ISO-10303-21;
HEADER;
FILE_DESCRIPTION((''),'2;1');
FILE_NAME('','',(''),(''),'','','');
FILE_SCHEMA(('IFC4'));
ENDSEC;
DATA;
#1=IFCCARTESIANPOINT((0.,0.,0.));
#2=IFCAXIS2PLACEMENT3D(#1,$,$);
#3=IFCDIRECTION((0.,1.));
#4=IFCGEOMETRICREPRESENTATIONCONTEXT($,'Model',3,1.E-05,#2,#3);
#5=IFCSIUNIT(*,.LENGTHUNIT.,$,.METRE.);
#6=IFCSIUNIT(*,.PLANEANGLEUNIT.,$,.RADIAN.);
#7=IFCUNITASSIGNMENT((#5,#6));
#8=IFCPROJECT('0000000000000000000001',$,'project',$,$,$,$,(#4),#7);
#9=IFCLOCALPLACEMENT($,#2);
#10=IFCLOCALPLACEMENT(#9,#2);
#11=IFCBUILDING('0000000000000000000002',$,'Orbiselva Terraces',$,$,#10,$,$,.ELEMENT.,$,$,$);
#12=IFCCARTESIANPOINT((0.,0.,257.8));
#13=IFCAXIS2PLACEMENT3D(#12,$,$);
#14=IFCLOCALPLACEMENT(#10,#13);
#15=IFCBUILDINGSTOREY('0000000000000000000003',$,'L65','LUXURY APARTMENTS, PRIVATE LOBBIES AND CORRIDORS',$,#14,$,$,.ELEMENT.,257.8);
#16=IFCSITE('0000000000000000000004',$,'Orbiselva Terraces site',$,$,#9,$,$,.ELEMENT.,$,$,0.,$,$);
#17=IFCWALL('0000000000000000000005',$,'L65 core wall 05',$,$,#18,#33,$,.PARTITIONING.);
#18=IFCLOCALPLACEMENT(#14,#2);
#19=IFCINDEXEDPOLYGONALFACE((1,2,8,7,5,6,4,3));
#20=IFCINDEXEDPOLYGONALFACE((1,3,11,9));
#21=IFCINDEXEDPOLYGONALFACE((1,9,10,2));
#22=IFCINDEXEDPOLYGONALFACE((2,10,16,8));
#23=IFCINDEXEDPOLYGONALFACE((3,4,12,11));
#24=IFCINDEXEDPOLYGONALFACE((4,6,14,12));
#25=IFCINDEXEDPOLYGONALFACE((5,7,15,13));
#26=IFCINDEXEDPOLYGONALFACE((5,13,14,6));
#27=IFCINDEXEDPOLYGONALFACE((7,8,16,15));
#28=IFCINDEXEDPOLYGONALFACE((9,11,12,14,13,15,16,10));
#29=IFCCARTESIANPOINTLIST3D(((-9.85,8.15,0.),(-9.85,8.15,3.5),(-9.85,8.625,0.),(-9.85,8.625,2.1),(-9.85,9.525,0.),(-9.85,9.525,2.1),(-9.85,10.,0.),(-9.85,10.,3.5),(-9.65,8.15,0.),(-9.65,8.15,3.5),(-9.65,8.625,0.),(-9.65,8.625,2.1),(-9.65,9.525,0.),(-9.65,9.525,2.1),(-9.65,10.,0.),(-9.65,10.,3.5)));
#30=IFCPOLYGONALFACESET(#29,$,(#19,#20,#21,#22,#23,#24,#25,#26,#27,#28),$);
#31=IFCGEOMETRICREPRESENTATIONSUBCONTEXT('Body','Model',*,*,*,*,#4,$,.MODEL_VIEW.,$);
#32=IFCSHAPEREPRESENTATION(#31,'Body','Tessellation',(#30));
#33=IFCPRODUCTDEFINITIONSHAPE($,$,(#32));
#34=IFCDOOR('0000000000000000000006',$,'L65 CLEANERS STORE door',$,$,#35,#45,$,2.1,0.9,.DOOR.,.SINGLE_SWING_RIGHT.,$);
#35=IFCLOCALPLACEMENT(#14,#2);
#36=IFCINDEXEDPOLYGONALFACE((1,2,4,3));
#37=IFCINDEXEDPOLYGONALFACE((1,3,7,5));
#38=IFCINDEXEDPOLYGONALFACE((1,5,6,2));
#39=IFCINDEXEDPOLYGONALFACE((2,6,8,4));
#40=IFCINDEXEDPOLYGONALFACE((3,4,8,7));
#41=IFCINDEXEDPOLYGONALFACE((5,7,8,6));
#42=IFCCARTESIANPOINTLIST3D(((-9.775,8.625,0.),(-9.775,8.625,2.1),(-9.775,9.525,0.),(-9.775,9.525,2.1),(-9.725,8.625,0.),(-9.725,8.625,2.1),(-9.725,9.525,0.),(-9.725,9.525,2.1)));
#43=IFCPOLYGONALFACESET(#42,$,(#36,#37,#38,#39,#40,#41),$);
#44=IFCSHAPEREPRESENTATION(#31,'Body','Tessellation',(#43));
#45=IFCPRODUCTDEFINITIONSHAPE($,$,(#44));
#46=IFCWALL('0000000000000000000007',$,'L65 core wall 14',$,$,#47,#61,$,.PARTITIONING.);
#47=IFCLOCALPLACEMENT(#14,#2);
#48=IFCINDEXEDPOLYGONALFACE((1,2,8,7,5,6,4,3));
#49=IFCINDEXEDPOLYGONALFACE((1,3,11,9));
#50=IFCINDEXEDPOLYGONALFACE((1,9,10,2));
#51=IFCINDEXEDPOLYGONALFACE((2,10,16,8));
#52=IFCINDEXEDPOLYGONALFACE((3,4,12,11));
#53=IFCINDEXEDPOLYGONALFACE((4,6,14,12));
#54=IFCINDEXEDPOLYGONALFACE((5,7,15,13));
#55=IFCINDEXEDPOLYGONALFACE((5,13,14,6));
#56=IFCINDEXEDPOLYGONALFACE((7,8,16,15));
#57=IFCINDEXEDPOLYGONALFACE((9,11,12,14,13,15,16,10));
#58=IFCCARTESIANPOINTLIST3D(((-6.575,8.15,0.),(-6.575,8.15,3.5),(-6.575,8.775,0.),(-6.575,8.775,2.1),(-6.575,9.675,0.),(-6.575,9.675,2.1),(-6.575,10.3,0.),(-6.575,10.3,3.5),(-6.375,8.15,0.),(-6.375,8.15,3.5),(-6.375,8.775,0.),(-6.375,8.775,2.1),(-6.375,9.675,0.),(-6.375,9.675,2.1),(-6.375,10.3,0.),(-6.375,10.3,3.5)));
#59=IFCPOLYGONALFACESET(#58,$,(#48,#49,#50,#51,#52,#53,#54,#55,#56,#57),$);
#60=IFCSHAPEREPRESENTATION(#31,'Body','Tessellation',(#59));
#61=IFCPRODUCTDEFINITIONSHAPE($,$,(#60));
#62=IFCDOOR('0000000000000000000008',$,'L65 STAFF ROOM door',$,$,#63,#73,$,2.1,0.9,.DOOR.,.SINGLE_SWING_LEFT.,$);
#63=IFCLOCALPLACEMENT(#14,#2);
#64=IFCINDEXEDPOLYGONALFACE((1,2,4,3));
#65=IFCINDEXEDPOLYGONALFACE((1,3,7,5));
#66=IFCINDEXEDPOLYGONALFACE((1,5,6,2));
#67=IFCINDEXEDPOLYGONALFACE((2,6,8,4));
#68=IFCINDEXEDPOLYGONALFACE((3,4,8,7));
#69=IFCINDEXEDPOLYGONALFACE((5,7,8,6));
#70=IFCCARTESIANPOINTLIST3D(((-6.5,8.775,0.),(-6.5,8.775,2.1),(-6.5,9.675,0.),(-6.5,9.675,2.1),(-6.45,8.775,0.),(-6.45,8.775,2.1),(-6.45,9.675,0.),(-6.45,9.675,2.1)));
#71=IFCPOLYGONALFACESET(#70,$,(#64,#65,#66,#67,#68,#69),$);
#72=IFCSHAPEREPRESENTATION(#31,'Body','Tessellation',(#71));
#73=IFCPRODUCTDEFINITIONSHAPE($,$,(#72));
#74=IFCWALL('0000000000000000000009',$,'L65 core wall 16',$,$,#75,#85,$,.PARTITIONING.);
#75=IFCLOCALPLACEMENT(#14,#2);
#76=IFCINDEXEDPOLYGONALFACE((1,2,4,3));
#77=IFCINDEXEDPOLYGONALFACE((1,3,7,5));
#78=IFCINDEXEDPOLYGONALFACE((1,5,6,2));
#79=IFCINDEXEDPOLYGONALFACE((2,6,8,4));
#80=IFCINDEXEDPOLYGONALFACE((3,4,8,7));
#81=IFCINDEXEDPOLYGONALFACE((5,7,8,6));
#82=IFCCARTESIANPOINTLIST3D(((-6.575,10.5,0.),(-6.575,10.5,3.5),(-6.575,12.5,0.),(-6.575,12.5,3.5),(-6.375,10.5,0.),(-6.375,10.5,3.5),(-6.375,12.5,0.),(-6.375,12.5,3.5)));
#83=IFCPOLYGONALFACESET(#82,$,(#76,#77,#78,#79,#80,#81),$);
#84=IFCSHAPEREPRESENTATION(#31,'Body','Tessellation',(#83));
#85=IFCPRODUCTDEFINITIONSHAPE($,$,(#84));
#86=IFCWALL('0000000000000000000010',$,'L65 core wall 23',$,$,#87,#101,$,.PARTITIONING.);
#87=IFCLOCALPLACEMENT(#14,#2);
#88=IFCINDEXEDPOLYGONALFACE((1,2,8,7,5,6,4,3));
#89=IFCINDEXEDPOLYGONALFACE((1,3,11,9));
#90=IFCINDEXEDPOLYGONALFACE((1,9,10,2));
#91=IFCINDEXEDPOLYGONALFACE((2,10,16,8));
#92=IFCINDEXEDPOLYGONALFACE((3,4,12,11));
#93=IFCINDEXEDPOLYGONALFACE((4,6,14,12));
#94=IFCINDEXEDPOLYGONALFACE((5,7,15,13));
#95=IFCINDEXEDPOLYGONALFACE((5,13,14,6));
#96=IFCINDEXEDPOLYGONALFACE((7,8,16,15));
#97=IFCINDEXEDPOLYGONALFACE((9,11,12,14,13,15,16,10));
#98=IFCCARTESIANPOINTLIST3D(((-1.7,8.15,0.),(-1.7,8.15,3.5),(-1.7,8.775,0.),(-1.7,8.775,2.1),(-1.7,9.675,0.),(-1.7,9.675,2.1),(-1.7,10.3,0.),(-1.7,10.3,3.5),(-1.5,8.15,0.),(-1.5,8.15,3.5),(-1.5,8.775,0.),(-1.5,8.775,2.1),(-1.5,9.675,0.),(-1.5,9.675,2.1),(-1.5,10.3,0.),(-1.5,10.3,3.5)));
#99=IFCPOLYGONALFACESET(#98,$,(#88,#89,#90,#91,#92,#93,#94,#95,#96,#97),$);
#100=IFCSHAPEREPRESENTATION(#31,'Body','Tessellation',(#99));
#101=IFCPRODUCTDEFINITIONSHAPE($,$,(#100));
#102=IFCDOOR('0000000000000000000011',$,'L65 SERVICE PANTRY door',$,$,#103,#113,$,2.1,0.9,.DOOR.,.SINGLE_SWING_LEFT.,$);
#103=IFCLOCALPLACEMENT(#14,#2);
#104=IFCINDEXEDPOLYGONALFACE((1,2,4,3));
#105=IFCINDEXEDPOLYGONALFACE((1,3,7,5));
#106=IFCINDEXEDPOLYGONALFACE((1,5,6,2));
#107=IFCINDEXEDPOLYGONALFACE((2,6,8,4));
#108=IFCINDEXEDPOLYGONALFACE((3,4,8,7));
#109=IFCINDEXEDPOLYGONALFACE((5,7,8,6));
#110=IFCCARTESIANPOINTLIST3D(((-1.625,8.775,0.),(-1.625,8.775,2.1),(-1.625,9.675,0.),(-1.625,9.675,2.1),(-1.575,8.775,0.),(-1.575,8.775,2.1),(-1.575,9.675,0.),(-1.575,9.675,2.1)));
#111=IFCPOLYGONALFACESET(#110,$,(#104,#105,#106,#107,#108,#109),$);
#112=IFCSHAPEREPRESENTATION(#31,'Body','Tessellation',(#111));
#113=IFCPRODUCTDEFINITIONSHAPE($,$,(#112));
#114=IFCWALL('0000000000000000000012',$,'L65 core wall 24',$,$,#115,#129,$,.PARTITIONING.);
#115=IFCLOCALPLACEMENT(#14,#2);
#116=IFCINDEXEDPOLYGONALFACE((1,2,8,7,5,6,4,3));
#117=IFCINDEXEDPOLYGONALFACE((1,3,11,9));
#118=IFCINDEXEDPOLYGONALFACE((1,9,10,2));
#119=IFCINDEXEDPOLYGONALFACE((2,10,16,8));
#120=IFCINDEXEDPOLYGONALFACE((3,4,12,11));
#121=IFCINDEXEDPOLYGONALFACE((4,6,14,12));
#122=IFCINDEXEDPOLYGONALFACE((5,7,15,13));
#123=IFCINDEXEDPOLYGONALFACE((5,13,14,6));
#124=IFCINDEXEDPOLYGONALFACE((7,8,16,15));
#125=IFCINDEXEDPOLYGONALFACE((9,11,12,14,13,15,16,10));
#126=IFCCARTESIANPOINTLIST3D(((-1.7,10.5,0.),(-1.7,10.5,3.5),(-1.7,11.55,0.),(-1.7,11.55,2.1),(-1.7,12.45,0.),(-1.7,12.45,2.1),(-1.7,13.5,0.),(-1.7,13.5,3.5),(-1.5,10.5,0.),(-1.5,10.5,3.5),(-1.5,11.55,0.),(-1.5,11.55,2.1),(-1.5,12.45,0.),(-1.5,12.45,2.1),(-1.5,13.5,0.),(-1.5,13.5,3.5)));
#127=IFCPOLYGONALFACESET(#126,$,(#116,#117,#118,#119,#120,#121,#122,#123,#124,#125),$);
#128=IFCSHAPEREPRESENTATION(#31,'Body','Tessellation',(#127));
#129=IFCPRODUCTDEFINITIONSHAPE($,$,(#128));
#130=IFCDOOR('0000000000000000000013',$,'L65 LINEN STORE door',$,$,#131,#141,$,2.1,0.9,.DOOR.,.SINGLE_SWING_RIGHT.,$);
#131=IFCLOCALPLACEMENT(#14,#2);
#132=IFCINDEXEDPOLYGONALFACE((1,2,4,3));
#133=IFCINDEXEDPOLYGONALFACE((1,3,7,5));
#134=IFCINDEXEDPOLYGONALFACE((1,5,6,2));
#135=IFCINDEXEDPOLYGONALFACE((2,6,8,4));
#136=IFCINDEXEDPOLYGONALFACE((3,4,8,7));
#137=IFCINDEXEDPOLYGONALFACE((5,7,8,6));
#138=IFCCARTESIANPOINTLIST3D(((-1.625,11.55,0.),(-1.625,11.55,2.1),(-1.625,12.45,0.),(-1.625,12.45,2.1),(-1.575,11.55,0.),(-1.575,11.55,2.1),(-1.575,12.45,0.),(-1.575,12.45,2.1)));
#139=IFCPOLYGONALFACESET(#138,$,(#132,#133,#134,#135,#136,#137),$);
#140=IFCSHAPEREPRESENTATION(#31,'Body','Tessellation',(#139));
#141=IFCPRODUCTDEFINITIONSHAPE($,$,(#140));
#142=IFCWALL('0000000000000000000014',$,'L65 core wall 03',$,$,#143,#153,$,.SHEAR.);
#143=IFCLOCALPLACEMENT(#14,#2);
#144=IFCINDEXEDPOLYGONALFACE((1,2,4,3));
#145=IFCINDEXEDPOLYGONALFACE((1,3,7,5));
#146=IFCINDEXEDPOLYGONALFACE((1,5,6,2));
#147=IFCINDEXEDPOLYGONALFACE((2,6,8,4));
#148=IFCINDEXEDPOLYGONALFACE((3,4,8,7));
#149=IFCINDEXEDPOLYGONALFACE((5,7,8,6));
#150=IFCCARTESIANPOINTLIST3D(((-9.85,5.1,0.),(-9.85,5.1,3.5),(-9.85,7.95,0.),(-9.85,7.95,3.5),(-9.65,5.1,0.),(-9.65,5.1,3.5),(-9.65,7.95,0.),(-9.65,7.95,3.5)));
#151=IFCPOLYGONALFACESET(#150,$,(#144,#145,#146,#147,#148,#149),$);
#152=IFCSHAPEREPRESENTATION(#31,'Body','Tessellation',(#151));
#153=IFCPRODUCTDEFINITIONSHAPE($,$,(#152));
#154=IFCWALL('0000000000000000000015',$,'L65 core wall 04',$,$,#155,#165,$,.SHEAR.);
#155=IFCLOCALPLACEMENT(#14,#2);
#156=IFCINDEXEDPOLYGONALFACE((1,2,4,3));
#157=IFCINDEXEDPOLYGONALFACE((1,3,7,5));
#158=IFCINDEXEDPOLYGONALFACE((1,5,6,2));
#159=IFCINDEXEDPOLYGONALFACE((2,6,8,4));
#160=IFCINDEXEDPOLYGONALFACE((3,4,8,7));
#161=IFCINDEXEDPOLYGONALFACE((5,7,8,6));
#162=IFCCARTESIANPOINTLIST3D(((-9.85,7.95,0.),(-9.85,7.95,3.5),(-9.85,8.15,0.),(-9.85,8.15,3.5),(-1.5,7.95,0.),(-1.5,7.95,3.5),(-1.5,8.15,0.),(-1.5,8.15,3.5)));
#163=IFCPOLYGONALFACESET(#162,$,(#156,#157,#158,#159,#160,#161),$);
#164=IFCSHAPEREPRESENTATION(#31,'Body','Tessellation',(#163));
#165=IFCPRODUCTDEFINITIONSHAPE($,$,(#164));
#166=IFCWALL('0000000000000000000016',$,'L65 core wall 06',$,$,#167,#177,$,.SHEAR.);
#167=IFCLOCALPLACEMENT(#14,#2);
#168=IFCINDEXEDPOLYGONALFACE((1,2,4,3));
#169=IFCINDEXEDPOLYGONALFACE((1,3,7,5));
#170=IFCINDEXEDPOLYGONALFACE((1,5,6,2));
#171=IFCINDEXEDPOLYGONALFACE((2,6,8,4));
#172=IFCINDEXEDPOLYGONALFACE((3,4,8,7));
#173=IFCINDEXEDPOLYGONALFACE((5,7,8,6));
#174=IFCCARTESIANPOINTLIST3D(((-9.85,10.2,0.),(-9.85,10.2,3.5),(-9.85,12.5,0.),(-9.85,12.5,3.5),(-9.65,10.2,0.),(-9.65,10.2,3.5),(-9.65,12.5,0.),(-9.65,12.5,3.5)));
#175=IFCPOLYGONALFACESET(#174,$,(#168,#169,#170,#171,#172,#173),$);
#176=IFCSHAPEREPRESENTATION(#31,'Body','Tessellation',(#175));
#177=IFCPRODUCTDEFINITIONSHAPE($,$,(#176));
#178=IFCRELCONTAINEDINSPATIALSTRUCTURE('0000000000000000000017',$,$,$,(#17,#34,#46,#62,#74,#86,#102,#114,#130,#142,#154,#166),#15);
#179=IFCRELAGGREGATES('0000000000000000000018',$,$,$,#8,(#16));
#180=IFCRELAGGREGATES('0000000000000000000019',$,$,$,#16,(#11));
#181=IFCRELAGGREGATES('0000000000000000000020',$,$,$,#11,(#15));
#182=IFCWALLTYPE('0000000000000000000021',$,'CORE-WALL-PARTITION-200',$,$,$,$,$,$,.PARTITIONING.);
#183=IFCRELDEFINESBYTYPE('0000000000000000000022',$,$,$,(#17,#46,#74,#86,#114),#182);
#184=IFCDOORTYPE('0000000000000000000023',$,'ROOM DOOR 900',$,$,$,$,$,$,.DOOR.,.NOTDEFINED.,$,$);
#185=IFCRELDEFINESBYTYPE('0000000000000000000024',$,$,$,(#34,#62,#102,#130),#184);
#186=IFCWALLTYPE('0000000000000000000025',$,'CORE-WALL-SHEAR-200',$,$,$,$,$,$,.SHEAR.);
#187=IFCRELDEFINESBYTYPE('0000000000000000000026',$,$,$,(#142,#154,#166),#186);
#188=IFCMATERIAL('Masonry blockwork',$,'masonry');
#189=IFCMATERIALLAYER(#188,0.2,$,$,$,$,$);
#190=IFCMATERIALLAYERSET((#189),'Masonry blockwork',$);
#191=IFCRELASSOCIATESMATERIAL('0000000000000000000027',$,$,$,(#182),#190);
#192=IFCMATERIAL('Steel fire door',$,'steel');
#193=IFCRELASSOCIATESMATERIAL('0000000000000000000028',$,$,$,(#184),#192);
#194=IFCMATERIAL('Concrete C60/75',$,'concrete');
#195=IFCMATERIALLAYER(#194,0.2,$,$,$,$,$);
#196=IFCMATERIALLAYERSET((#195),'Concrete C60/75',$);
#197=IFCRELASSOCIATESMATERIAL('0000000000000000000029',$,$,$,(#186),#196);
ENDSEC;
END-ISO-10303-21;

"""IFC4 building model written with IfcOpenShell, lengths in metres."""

from ifc_helpers import new_model, si_unit, direction, frame, frame_2d, origin, place, context, subcontext, project, spatial, rectangle, extrude, material, layer, layer_set, type_object, element, fill, save


model = new_model("IFC4")

# Units and contexts
model_context = context("Model", 3, precision=1e-05, world=origin(), true_north=direction((0.0, 1.0)))
body_context = subcontext(model_context, "Body", "Model", "MODEL_VIEW")
ifc_project = project(units=[si_unit("LENGTHUNIT", "METRE"), si_unit("PLANEANGLEUNIT", "RADIAN")], contexts=[model_context])

# Site, building, storey
site_placement = place(None, origin())
site = spatial("IfcSite", under=ifc_project, at=site_placement, Name="Orbiselva Terraces site", CompositionType="ELEMENT", RefElevation=0.0)
building_placement = place(site_placement, origin())
building = spatial("IfcBuilding", under=site, at=building_placement, Name="Orbiselva Terraces", CompositionType="ELEMENT")
storey_placement = place(building_placement, frame((0.0, 0.0, 257.8)))
storey = spatial("IfcBuildingStorey", under=building, at=storey_placement, Name="L65", Description="LUXURY APARTMENTS, PRIVATE LOBBIES AND CORRIDORS", CompositionType="ELEMENT", Elevation=257.8)

# Walls, openings, doors
ifc_material_1 = material(Name="Masonry blockwork", Category="masonry")
ifc_layer_1 = layer(ifc_material_1, 0.2)
ifc_layer_set_1 = layer_set([ifc_layer_1], Name="Masonry blockwork")
wall_type_1 = type_object("IfcWallType", Name="CORE-WALL-PARTITION-200", PredefinedType="PARTITIONING", material=ifc_layer_set_1)
wall_1_placement = place(storey_placement, frame((-9.75, 8.15, 0.0), z_axis=(0.0, 0.0, 1.0), x_axis=(0.0, 1.0, 0.0)))
wall_1 = element("IfcWall", 1, at=wall_1_placement, inside=storey, type_object=wall_type_1, Name="L65 core wall 05", PredefinedType="PARTITIONING", context=body_context, shape_type="SweptSolid", body=[
    extrude(rectangle(XDim=1.85, YDim=0.2, at=frame_2d((0.925, 0.0))), origin(), (0.0, 0.0, 1.0), 3.5),
])
opening_1_placement = place(wall_1_placement, frame((0.475, 0.0, 0.0)))
opening_1 = element("IfcOpeningElement", 2, at=opening_1_placement, cuts=wall_1, PredefinedType="OPENING", context=body_context, shape_type="SweptSolid", body=[
    extrude(rectangle(XDim=0.9, YDim=2.1, at=frame_2d((0.45, 1.05))), frame((0.0, 0.11, 0.0), z_axis=(0.0, -1.0, 0.0), x_axis=(1.0, 0.0, 0.0)), (0.0, 0.0, 1.0), 0.22),
])
ifc_material_2 = material(Name="Steel fire door", Category="steel")
door_type = type_object("IfcDoorType", Name="ROOM DOOR 900", OperationType="NOTDEFINED", PredefinedType="DOOR", material=ifc_material_2)
door_1_placement = place(opening_1_placement, origin())
door_1 = element("IfcDoor", 3, at=door_1_placement, inside=storey, type_object=door_type, Name="L65 CLEANERS STORE door", OperationType="SINGLE_SWING_RIGHT", OverallHeight=2.1, OverallWidth=0.9, PredefinedType="DOOR", context=body_context, shape_type="SweptSolid", body=[
    extrude(rectangle(XDim=0.9, YDim=2.1, at=frame_2d((0.45, 1.05))), frame((0.0, 0.025, 0.0), z_axis=(0.0, -1.0, 0.0), x_axis=(1.0, 0.0, 0.0)), (0.0, 0.0, 1.0), 0.05),
])
fill(opening_1, door_1)
wall_2_placement = place(storey_placement, frame((-6.475, 8.15, 0.0), z_axis=(0.0, 0.0, 1.0), x_axis=(0.0, 1.0, 0.0)))
wall_2 = element("IfcWall", 4, at=wall_2_placement, inside=storey, type_object=wall_type_1, Name="L65 core wall 14", PredefinedType="PARTITIONING", context=body_context, shape_type="SweptSolid", body=[
    extrude(rectangle(XDim=2.15, YDim=0.2, at=frame_2d((1.075, 0.0))), origin(), (0.0, 0.0, 1.0), 3.5),
])
opening_2_placement = place(wall_2_placement, frame((0.625, 0.0, 0.0)))
opening_2 = element("IfcOpeningElement", 5, at=opening_2_placement, cuts=wall_2, PredefinedType="OPENING", context=body_context, shape_type="SweptSolid", body=[
    extrude(rectangle(XDim=0.9, YDim=2.1, at=frame_2d((0.45, 1.05))), frame((0.0, 0.11, 0.0), z_axis=(0.0, -1.0, 0.0), x_axis=(1.0, 0.0, 0.0)), (0.0, 0.0, 1.0), 0.22),
])
door_2_placement = place(opening_2_placement, origin())
door_2 = element("IfcDoor", 6, at=door_2_placement, inside=storey, type_object=door_type, Name="L65 STAFF ROOM door", OperationType="SINGLE_SWING_LEFT", OverallHeight=2.1, OverallWidth=0.9, PredefinedType="DOOR", context=body_context, shape_type="SweptSolid", body=[
    extrude(rectangle(XDim=0.9, YDim=2.1, at=frame_2d((0.45, 1.05))), frame((0.0, 0.025, 0.0), z_axis=(0.0, -1.0, 0.0), x_axis=(1.0, 0.0, 0.0)), (0.0, 0.0, 1.0), 0.05),
])
fill(opening_2, door_2)

# Wall
wall_3_placement = place(storey_placement, frame((-6.475, 10.5, 0.0), z_axis=(0.0, 0.0, 1.0), x_axis=(0.0, 1.0, 0.0)))
element("IfcWall", 7, at=wall_3_placement, inside=storey, type_object=wall_type_1, Name="L65 core wall 16", PredefinedType="PARTITIONING", context=body_context, shape_type="SweptSolid", body=[
    extrude(rectangle(XDim=2.0, YDim=0.2, at=frame_2d((1.0, 0.0))), origin(), (0.0, 0.0, 1.0), 3.5),
])

# Walls, openings, doors
wall_4_placement = place(storey_placement, frame((-1.6, 8.15, 0.0), z_axis=(0.0, 0.0, 1.0), x_axis=(0.0, 1.0, 0.0)))
wall_4 = element("IfcWall", 8, at=wall_4_placement, inside=storey, type_object=wall_type_1, Name="L65 core wall 23", PredefinedType="PARTITIONING", context=body_context, shape_type="SweptSolid", body=[
    extrude(rectangle(XDim=2.15, YDim=0.2, at=frame_2d((1.075, 0.0))), origin(), (0.0, 0.0, 1.0), 3.5),
])
opening_3_placement = place(wall_4_placement, frame((0.625, 0.0, 0.0)))
opening_3 = element("IfcOpeningElement", 9, at=opening_3_placement, cuts=wall_4, PredefinedType="OPENING", context=body_context, shape_type="SweptSolid", body=[
    extrude(rectangle(XDim=0.9, YDim=2.1, at=frame_2d((0.45, 1.05))), frame((0.0, 0.11, 0.0), z_axis=(0.0, -1.0, 0.0), x_axis=(1.0, 0.0, 0.0)), (0.0, 0.0, 1.0), 0.22),
])
door_3_placement = place(opening_3_placement, origin())
door_3 = element("IfcDoor", 10, at=door_3_placement, inside=storey, type_object=door_type, Name="L65 SERVICE PANTRY door", OperationType="SINGLE_SWING_LEFT", OverallHeight=2.1, OverallWidth=0.9, PredefinedType="DOOR", context=body_context, shape_type="SweptSolid", body=[
    extrude(rectangle(XDim=0.9, YDim=2.1, at=frame_2d((0.45, 1.05))), frame((0.0, 0.025, 0.0), z_axis=(0.0, -1.0, 0.0), x_axis=(1.0, 0.0, 0.0)), (0.0, 0.0, 1.0), 0.05),
])
fill(opening_3, door_3)
wall_5_placement = place(storey_placement, frame((-1.6, 10.5, 0.0), z_axis=(0.0, 0.0, 1.0), x_axis=(0.0, 1.0, 0.0)))
wall_5 = element("IfcWall", 11, at=wall_5_placement, inside=storey, type_object=wall_type_1, Name="L65 core wall 24", PredefinedType="PARTITIONING", context=body_context, shape_type="SweptSolid", body=[
    extrude(rectangle(XDim=3.0, YDim=0.2, at=frame_2d((1.5, 0.0))), origin(), (0.0, 0.0, 1.0), 3.5),
])
opening_4_placement = place(wall_5_placement, frame((1.05, 0.0, 0.0)))
opening_4 = element("IfcOpeningElement", 12, at=opening_4_placement, cuts=wall_5, PredefinedType="OPENING", context=body_context, shape_type="SweptSolid", body=[
    extrude(rectangle(XDim=0.9, YDim=2.1, at=frame_2d((0.45, 1.05))), frame((0.0, 0.11, 0.0), z_axis=(0.0, -1.0, 0.0), x_axis=(1.0, 0.0, 0.0)), (0.0, 0.0, 1.0), 0.22),
])
door_4_placement = place(opening_4_placement, origin())
door_4 = element("IfcDoor", 13, at=door_4_placement, inside=storey, type_object=door_type, Name="L65 LINEN STORE door", OperationType="SINGLE_SWING_RIGHT", OverallHeight=2.1, OverallWidth=0.9, PredefinedType="DOOR", context=body_context, shape_type="SweptSolid", body=[
    extrude(rectangle(XDim=0.9, YDim=2.1, at=frame_2d((0.45, 1.05))), frame((0.0, 0.025, 0.0), z_axis=(0.0, -1.0, 0.0), x_axis=(1.0, 0.0, 0.0)), (0.0, 0.0, 1.0), 0.05),
])
fill(opening_4, door_4)

# Walls
ifc_material_3 = material(Name="Concrete C60/75", Category="concrete")
ifc_layer_2 = layer(ifc_material_3, 0.2)
ifc_layer_set_2 = layer_set([ifc_layer_2], Name="Concrete C60/75")
wall_type_2 = type_object("IfcWallType", Name="CORE-WALL-SHEAR-200", PredefinedType="SHEAR", material=ifc_layer_set_2)
wall_6_placement = place(storey_placement, frame((-9.75, 5.1, 0.0), z_axis=(0.0, 0.0, 1.0), x_axis=(0.0, 1.0, 0.0)))
element("IfcWall", 14, at=wall_6_placement, inside=storey, type_object=wall_type_2, Name="L65 core wall 03", PredefinedType="SHEAR", context=body_context, shape_type="SweptSolid", body=[
    extrude(rectangle(XDim=2.85, YDim=0.2, at=frame_2d((1.425, 0.0))), origin(), (0.0, 0.0, 1.0), 3.5),
])
wall_7_placement = place(storey_placement, frame((-9.85, 8.05, 0.0), z_axis=(0.0, 0.0, 1.0), x_axis=(1.0, 0.0, 0.0)))
element("IfcWall", 15, at=wall_7_placement, inside=storey, type_object=wall_type_2, Name="L65 core wall 04", PredefinedType="SHEAR", context=body_context, shape_type="SweptSolid", body=[
    extrude(rectangle(XDim=8.35, YDim=0.2, at=frame_2d((4.175, 0.0))), origin(), (0.0, 0.0, 1.0), 3.5),
])
wall_8_placement = place(storey_placement, frame((-9.75, 10.2, 0.0), z_axis=(0.0, 0.0, 1.0), x_axis=(0.0, 1.0, 0.0)))
element("IfcWall", 16, at=wall_8_placement, inside=storey, type_object=wall_type_2, Name="L65 core wall 06", PredefinedType="SHEAR", context=body_context, shape_type="SweptSolid", body=[
    extrude(rectangle(XDim=2.3, YDim=0.2, at=frame_2d((1.15, 0.0))), origin(), (0.0, 0.0, 1.0), 3.5),
])

save(model, "model.ifc")
